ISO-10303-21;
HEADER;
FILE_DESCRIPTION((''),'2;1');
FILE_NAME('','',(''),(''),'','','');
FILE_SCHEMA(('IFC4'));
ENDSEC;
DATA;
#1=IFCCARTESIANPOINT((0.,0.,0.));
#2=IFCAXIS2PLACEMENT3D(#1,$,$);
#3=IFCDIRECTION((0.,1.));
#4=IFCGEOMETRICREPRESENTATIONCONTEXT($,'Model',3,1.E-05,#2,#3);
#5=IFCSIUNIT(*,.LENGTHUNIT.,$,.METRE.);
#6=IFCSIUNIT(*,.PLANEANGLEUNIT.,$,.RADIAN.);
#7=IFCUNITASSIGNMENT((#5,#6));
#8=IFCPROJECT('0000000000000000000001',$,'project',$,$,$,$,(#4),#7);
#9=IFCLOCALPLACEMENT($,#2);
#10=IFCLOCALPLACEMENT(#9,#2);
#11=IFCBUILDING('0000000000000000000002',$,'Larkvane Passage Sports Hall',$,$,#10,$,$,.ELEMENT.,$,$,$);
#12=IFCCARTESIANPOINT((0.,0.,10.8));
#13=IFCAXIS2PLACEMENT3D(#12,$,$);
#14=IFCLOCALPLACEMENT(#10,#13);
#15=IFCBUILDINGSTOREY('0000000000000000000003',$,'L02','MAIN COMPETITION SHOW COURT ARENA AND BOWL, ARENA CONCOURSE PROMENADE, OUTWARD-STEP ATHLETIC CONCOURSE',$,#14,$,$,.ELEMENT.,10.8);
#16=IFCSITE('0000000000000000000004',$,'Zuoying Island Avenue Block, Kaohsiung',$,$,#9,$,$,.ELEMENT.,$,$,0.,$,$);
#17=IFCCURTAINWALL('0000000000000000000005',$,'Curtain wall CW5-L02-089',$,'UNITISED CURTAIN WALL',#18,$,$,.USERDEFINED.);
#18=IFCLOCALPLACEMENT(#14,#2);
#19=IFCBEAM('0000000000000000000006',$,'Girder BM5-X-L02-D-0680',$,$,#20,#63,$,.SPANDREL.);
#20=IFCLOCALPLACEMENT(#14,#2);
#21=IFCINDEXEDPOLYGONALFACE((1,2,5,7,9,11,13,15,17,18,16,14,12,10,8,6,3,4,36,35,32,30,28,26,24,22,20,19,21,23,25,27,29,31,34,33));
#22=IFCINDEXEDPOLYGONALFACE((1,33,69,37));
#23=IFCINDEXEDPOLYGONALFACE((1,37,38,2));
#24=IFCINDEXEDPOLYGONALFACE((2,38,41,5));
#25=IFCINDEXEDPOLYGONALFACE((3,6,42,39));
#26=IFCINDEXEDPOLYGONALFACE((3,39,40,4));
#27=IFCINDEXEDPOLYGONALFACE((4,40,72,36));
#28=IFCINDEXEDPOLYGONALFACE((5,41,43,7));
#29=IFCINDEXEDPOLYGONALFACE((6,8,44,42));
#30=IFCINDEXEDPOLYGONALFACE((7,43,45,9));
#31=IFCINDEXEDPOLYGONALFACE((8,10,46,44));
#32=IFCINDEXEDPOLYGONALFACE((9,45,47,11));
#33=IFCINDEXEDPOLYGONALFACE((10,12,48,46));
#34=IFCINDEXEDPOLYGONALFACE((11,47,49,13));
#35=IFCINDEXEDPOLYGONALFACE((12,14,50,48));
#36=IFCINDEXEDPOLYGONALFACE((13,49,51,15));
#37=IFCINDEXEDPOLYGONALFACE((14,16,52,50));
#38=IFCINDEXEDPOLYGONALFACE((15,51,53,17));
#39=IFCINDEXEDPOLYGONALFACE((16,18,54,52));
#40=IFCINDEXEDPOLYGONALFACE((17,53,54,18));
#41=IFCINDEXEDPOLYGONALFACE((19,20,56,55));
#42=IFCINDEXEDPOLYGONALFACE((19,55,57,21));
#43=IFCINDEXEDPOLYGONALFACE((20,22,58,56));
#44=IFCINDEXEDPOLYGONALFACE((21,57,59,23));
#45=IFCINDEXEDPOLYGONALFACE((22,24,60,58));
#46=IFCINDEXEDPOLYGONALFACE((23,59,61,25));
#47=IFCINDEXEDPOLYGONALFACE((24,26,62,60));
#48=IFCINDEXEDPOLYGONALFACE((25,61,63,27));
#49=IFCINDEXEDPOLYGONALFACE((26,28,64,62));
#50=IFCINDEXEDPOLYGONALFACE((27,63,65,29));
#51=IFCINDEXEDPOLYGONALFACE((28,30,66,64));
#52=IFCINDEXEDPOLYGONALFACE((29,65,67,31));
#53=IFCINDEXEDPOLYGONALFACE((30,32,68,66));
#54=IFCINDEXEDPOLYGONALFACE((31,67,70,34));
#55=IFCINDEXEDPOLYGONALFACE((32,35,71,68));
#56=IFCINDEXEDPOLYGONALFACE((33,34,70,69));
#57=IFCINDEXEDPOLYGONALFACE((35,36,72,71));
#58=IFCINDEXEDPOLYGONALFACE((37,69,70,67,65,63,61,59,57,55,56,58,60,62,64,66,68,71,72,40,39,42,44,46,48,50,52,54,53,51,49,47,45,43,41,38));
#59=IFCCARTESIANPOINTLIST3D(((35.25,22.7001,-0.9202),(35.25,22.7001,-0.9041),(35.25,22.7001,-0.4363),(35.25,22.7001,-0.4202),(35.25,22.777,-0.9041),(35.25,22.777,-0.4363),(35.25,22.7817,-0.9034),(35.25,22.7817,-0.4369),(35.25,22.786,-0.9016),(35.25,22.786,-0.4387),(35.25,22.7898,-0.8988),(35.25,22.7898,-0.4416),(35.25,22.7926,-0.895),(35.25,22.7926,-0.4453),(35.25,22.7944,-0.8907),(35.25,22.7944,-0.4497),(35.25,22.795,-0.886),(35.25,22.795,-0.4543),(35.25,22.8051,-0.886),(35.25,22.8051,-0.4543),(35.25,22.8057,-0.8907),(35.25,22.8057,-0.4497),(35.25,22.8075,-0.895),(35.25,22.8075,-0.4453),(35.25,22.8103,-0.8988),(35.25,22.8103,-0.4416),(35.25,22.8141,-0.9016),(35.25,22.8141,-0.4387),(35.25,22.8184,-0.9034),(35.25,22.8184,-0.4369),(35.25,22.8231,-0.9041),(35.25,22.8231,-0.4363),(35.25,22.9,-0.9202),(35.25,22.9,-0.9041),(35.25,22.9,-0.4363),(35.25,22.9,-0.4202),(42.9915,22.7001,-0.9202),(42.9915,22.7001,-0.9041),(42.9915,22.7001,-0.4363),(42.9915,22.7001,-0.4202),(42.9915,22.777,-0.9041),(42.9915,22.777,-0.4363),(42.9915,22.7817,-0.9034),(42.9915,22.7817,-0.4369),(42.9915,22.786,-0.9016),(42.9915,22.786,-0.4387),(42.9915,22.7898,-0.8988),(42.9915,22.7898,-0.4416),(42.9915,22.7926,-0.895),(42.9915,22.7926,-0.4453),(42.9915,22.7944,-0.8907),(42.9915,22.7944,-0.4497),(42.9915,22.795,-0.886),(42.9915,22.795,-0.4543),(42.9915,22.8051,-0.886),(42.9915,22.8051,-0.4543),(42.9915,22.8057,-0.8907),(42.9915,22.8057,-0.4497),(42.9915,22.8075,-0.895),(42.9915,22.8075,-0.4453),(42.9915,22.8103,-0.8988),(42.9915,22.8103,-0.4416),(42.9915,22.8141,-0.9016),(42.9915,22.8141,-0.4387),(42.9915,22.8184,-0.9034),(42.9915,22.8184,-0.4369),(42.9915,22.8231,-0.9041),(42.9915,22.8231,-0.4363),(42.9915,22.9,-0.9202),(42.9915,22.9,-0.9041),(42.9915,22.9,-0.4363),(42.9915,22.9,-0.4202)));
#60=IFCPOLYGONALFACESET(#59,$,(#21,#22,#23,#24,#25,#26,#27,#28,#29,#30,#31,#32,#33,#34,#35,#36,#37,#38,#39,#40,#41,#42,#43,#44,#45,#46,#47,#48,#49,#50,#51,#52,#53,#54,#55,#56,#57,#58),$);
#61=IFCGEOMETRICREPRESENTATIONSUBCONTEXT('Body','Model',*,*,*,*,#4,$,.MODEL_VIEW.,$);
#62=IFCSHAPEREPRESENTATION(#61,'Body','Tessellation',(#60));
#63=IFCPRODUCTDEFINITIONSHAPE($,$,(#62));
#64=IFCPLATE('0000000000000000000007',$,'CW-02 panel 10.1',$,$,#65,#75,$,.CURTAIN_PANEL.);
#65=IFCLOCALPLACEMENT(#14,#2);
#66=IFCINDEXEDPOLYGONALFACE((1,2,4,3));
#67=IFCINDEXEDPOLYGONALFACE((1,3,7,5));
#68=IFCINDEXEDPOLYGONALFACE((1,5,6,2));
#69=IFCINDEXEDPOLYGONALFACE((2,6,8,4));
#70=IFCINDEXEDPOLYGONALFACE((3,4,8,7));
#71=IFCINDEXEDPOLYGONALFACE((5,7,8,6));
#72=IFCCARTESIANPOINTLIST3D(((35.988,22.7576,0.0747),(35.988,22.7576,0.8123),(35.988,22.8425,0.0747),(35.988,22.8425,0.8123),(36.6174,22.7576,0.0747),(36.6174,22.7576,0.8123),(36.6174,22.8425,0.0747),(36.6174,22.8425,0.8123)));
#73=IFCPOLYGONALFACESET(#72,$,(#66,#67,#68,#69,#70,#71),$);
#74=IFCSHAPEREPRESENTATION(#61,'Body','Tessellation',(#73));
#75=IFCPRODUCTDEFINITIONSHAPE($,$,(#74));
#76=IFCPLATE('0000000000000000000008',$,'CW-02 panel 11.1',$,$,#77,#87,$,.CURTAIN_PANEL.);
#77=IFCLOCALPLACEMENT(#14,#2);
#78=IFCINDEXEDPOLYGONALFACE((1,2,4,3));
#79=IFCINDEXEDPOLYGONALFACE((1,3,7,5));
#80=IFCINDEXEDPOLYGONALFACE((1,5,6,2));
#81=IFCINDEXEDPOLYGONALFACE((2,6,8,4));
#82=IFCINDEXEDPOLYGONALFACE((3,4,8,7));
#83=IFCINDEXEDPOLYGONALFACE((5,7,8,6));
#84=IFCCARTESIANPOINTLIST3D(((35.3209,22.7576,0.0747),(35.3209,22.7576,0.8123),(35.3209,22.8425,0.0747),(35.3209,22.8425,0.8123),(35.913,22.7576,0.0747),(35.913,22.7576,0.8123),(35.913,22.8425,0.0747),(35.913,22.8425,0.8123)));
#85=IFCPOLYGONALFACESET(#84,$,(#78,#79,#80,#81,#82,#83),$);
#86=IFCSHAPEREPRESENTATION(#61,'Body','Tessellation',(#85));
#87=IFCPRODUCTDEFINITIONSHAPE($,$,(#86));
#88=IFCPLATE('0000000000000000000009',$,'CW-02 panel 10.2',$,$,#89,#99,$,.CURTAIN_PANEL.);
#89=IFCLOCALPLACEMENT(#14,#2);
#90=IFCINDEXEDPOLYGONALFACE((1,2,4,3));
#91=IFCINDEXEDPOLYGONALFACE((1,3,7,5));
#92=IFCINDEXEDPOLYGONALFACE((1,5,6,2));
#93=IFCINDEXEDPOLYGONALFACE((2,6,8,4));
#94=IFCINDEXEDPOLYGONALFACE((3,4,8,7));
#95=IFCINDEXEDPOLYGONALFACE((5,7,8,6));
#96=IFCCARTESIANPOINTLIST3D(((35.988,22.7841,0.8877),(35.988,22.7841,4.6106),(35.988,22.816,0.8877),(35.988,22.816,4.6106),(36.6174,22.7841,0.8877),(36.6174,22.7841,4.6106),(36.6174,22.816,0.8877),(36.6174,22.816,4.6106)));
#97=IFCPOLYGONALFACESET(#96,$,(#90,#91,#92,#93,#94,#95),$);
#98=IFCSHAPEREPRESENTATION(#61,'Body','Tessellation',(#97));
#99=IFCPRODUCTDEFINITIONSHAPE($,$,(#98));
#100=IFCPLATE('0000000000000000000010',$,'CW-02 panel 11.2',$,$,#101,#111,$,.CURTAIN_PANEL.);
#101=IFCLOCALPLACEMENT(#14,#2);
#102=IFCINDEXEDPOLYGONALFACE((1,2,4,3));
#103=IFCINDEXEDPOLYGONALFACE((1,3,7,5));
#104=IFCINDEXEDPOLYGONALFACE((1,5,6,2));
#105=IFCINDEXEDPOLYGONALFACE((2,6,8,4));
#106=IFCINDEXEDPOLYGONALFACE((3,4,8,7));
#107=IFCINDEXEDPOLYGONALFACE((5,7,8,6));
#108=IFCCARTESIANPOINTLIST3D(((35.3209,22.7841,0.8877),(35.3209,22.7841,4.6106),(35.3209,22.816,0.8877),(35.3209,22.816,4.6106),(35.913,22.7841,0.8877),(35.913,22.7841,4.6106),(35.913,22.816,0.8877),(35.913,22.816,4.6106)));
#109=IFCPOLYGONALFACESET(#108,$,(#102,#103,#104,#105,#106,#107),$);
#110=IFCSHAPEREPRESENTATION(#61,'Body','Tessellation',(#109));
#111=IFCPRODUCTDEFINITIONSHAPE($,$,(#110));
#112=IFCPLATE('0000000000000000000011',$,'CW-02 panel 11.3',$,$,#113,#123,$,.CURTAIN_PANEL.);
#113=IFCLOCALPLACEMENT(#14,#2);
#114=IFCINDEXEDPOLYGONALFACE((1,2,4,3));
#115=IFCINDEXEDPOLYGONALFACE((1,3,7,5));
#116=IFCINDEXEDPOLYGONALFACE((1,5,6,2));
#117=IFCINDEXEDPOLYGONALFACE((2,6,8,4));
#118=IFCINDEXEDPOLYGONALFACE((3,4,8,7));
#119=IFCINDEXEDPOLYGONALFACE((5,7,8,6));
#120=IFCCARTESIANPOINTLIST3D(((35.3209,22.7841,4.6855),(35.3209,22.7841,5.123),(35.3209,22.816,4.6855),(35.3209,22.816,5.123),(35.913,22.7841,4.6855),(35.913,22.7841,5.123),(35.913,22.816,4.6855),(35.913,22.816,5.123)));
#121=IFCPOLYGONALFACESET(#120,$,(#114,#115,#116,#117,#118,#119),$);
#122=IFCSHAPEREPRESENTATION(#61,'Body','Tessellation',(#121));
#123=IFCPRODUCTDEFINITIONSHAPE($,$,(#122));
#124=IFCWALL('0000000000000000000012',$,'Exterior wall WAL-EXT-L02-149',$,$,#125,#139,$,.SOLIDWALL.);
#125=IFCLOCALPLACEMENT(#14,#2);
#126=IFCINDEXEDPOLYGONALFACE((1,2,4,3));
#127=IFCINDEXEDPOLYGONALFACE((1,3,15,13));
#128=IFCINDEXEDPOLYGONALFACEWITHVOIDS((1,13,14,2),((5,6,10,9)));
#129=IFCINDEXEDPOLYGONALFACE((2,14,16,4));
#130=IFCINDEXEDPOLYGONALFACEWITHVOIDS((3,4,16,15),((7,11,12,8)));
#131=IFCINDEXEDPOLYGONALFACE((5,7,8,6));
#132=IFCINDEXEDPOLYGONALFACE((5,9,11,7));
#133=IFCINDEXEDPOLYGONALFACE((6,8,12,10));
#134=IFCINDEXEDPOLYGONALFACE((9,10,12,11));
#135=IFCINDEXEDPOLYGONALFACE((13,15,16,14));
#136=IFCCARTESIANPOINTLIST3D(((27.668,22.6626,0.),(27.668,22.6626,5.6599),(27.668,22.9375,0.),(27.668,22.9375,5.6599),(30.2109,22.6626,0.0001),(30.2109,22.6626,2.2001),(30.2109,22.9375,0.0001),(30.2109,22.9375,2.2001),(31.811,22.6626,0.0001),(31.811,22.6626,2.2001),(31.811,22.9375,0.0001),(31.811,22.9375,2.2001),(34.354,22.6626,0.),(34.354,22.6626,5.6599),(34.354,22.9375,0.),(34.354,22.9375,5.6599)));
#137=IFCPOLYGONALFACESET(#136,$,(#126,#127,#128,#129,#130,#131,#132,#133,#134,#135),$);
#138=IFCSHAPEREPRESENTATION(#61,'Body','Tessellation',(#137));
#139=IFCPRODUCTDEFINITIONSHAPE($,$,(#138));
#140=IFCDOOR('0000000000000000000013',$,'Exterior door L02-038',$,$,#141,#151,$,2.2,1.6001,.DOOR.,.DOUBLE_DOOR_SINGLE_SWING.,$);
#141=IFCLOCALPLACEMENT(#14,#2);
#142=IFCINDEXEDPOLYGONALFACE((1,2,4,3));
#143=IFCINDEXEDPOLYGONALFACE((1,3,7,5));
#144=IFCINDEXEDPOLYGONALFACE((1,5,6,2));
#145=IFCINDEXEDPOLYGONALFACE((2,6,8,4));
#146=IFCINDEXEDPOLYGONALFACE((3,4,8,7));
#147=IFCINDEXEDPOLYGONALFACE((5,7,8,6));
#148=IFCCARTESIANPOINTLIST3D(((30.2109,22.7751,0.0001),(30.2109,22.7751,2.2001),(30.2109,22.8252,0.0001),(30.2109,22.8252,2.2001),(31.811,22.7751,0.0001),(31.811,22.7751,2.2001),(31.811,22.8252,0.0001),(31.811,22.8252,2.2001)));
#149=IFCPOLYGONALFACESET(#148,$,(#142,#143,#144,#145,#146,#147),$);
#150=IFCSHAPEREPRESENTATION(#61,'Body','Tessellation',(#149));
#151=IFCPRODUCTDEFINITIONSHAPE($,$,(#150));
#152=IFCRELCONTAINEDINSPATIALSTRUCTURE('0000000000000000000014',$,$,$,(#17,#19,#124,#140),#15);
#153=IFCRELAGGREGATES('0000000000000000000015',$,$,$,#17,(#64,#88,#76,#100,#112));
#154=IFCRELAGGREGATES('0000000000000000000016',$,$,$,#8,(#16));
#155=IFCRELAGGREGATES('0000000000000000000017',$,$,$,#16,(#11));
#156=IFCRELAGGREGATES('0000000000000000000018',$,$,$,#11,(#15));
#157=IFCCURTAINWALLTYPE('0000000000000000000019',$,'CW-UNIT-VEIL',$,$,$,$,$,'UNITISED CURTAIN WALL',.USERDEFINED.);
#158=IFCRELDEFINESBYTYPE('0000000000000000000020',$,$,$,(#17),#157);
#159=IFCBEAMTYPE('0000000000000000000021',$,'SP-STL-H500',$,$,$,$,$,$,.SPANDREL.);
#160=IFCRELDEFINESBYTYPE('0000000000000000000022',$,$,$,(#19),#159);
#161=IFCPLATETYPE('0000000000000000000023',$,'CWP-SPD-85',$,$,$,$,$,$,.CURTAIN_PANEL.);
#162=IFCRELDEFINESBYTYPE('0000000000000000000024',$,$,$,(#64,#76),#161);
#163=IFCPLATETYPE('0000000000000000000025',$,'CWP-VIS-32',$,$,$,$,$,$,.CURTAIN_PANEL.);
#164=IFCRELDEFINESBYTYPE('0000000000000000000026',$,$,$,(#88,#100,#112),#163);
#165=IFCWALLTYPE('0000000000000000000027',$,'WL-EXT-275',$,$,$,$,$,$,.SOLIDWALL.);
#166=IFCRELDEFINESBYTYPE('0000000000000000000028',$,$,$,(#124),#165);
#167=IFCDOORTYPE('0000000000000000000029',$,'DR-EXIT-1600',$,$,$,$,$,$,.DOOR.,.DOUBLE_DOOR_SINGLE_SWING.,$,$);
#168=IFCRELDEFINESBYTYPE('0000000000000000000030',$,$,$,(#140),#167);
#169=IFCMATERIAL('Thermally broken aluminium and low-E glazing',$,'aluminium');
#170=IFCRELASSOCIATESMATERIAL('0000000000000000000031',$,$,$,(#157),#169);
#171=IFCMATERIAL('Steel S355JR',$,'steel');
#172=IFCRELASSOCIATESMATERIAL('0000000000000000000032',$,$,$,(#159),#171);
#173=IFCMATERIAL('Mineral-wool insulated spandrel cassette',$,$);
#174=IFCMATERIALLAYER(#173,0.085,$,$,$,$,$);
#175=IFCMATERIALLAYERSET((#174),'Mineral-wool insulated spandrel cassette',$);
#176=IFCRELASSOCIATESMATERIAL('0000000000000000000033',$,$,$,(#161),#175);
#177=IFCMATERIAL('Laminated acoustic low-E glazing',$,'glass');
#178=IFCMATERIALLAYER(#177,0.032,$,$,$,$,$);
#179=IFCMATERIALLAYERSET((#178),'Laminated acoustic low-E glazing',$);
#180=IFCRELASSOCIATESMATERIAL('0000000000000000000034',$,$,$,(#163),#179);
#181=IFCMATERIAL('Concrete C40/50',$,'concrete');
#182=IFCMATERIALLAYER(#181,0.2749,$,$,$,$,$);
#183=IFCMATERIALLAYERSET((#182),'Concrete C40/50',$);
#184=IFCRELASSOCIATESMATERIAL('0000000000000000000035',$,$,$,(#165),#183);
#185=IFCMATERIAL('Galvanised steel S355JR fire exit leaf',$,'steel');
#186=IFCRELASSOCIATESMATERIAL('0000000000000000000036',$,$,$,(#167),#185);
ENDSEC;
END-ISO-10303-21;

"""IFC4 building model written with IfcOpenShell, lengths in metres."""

from ifc_helpers import new_model, si_unit, direction, frame, frame_2d, origin, origin_2d, place, context, subcontext, project, spatial, rectangle, i_section, extrude, material, layer, layer_set, material_profile, profile_set, type_object, element, fill, aggregate, save


model = new_model("IFC4")

# Units and contexts
model_context = context("Model", 3, precision=1e-05, world=origin(), true_north=direction((0.0, 1.0)))
body_context = subcontext(model_context, "Body", "Model", "MODEL_VIEW")
ifc_project = project(units=[si_unit("LENGTHUNIT", "METRE"), si_unit("PLANEANGLEUNIT", "RADIAN")], contexts=[model_context])

# Site, building, storey
site_placement = place(None, origin())
site = spatial("IfcSite", under=ifc_project, at=site_placement, Name="Zuoying Island Avenue Block, Kaohsiung", CompositionType="ELEMENT", RefElevation=0.0)
building_placement = place(site_placement, origin())
building = spatial("IfcBuilding", under=site, at=building_placement, Name="Larkvane Passage Sports Hall", CompositionType="ELEMENT")
storey_placement = place(building_placement, frame((0.0, 0.0, 10.8)))
storey = spatial("IfcBuildingStorey", under=building, at=storey_placement, Name="L02", Description="MAIN COMPETITION SHOW COURT ARENA AND BOWL, ARENA CONCOURSE PROMENADE, OUTWARD-STEP ATHLETIC CONCOURSE", CompositionType="ELEMENT", Elevation=10.8)

# Curtain wall
ifc_material_1 = material(Name="Thermally broken aluminium and low-E glazing", Category="aluminium")
curtain_wall_type_1 = type_object("IfcCurtainWallType", Name="CW-UNIT-VEIL", ElementType="UNITISED CURTAIN WALL", PredefinedType="USERDEFINED", material=ifc_material_1)
curtain_wall_1_placement = place(storey_placement, origin())
curtain_wall_1 = element("IfcCurtainWall", 1, at=curtain_wall_1_placement, inside=storey, type_object=curtain_wall_type_1, Name="Curtain wall CW5-L02-089", ObjectType="UNITISED CURTAIN WALL", PredefinedType="USERDEFINED")

# Beam
ifc_material_2 = material(Name="Steel S355JR", Category="steel")
ifc_material_3 = material(Name="Concrete C40/50", Category="concrete")
ifc_material_profile_1 = material_profile(ifc_material_2, i_section(OverallWidth=0.2, OverallDepth=0.5, WebThickness=0.01, FlangeThickness=0.0161, FilletRadius=0.0181, at=origin_2d()), Name="H-500x200x10x16")
ifc_profile_set_1 = profile_set([ifc_material_profile_1], Name="Steel S355JR")
beam_type_1 = type_object("IfcBeamType", Name="SP-STL-H500", PredefinedType="SPANDREL", material=ifc_profile_set_1)
beam_1_placement = place(storey_placement, frame((35.25, 22.8, -0.6702), z_axis=(1.0, 0.0, 0.0), x_axis=(0.0, 1.0, 0.0)))
element("IfcBeam", 2, at=beam_1_placement, inside=storey, type_object=beam_type_1, Name="Girder BM5-X-L02-D-0680", PredefinedType="SPANDREL", context=body_context, shape_type="SweptSolid", body=[
    extrude(i_section(OverallWidth=0.2, OverallDepth=0.5, WebThickness=0.01, FlangeThickness=0.0161, FilletRadius=0.0181, at=origin_2d()), origin(), (0.0, 0.0, 1.0), 7.7415),
])

# Plates
ifc_material_4 = material(Name="Mineral-wool insulated spandrel cassette")
ifc_layer_1 = layer(ifc_material_4, 0.085)
ifc_layer_set_1 = layer_set([ifc_layer_1], Name="Mineral-wool insulated spandrel cassette")
plate_type_1 = type_object("IfcPlateType", Name="CWP-SPD-85", PredefinedType="CURTAIN_PANEL", material=ifc_layer_set_1)
plate_1_placement = place(storey_placement, frame((36.3027, 22.8, 0.0747), z_axis=(0.0, 0.0, 1.0), x_axis=(-1.0, 0.0, 0.0)))
plate_1 = element("IfcPlate", 3, at=plate_1_placement, type_object=plate_type_1, Name="CW-02 panel 10.1", PredefinedType="CURTAIN_PANEL", context=body_context, shape_type="SweptSolid", body=[
    extrude(rectangle(XDim=0.6294, YDim=0.085, at=origin_2d()), origin(), (0.0, 0.0, 1.0), 0.7375),
])
plate_2_placement = place(storey_placement, frame((35.6169, 22.8, 0.0747), z_axis=(0.0, 0.0, 1.0), x_axis=(-1.0, 0.0, 0.0)))
plate_2 = element("IfcPlate", 4, at=plate_2_placement, type_object=plate_type_1, Name="CW-02 panel 11.1", PredefinedType="CURTAIN_PANEL", context=body_context, shape_type="SweptSolid", body=[
    extrude(rectangle(XDim=0.592, YDim=0.085, at=origin_2d()), origin(), (0.0, 0.0, 1.0), 0.7375),
])
ifc_material_5 = material(Name="Laminated acoustic low-E glazing", Category="glass")
ifc_layer_2 = layer(ifc_material_5, 0.032)
ifc_layer_set_2 = layer_set([ifc_layer_2], Name="Laminated acoustic low-E glazing")
plate_type_2 = type_object("IfcPlateType", Name="CWP-VIS-32", PredefinedType="CURTAIN_PANEL", material=ifc_layer_set_2)
plate_3_placement = place(storey_placement, frame((36.3027, 22.8, 0.8877), z_axis=(0.0, 0.0, 1.0), x_axis=(-1.0, 0.0, 0.0)))
plate_3 = element("IfcPlate", 5, at=plate_3_placement, type_object=plate_type_2, Name="CW-02 panel 10.2", PredefinedType="CURTAIN_PANEL", context=body_context, shape_type="SweptSolid", body=[
    extrude(rectangle(XDim=0.6294, YDim=0.032, at=origin_2d()), origin(), (0.0, 0.0, 1.0), 3.7229),
])
plate_4_placement = place(storey_placement, frame((35.6169, 22.8, 0.8877), z_axis=(0.0, 0.0, 1.0), x_axis=(-1.0, 0.0, 0.0)))
plate_4 = element("IfcPlate", 6, at=plate_4_placement, type_object=plate_type_2, Name="CW-02 panel 11.2", PredefinedType="CURTAIN_PANEL", context=body_context, shape_type="SweptSolid", body=[
    extrude(rectangle(XDim=0.592, YDim=0.032, at=origin_2d()), origin(), (0.0, 0.0, 1.0), 3.7229),
])
plate_5_placement = place(storey_placement, frame((35.6169, 22.8, 4.6855), z_axis=(0.0, 0.0, 1.0), x_axis=(-1.0, 0.0, 0.0)))
plate_5 = element("IfcPlate", 7, at=plate_5_placement, type_object=plate_type_2, Name="CW-02 panel 11.3", PredefinedType="CURTAIN_PANEL", context=body_context, shape_type="SweptSolid", body=[
    extrude(rectangle(XDim=0.592, YDim=0.032, at=origin_2d()), origin(), (0.0, 0.0, 1.0), 0.4375),
])
aggregate(curtain_wall_1, [plate_1, plate_3, plate_2, plate_4, plate_5])

# Wall, opening, door
ifc_layer_3 = layer(ifc_material_3, 0.2749)
ifc_layer_set_3 = layer_set([ifc_layer_3], Name="Concrete C40/50")
wall_type = type_object("IfcWallType", Name="WL-EXT-275", PredefinedType="SOLIDWALL", material=ifc_layer_set_3)
wall_placement = place(storey_placement, frame((34.354, 22.8, 0.0), z_axis=(0.0, 0.0, 1.0), x_axis=(-1.0, 0.0, 0.0)))
wall = element("IfcWall", 8, at=wall_placement, inside=storey, type_object=wall_type, Name="Exterior wall WAL-EXT-L02-149", PredefinedType="SOLIDWALL", context=body_context, shape_type="SweptSolid", body=[
    extrude(rectangle(XDim=6.686, YDim=0.2749, at=frame_2d((3.343, 0.0))), origin(), (0.0, 0.0, 1.0), 5.6599),
])
opening_placement = place(wall_placement, frame((2.543, 0.0, 0.0)))
opening = element("IfcOpeningElement", 9, at=opening_placement, cuts=wall, PredefinedType="OPENING", context=body_context, shape_type="SweptSolid", body=[
    extrude(rectangle(XDim=1.6001, YDim=2.2, at=frame_2d((0.8, 1.1001))), frame((0.0, 0.1475, 0.0), z_axis=(0.0, -1.0, 0.0), x_axis=(1.0, 0.0, 0.0)), (0.0, 0.0, 1.0), 0.2949),
])
ifc_material_6 = material(Name="Galvanised steel S355JR fire exit leaf", Category="steel")
door_type = type_object("IfcDoorType", Name="DR-EXIT-1600", OperationType="DOUBLE_DOOR_SINGLE_SWING", PredefinedType="DOOR", material=ifc_material_6)
door_placement = place(opening_placement, origin())
door = element("IfcDoor", 10, at=door_placement, inside=storey, type_object=door_type, Name="Exterior door L02-038", OperationType="DOUBLE_DOOR_SINGLE_SWING", OverallHeight=2.2, OverallWidth=1.6001, PredefinedType="DOOR", context=body_context, shape_type="SweptSolid", body=[
    extrude(rectangle(XDim=1.6001, YDim=2.2, at=frame_2d((0.8, 1.1001))), frame((0.0, 0.0249, 0.0), z_axis=(0.0, -1.0, 0.0), x_axis=(1.0, 0.0, 0.0)), (0.0, 0.0, 1.0), 0.05),
])
fill(opening, door)

save(model, "model.ifc")
